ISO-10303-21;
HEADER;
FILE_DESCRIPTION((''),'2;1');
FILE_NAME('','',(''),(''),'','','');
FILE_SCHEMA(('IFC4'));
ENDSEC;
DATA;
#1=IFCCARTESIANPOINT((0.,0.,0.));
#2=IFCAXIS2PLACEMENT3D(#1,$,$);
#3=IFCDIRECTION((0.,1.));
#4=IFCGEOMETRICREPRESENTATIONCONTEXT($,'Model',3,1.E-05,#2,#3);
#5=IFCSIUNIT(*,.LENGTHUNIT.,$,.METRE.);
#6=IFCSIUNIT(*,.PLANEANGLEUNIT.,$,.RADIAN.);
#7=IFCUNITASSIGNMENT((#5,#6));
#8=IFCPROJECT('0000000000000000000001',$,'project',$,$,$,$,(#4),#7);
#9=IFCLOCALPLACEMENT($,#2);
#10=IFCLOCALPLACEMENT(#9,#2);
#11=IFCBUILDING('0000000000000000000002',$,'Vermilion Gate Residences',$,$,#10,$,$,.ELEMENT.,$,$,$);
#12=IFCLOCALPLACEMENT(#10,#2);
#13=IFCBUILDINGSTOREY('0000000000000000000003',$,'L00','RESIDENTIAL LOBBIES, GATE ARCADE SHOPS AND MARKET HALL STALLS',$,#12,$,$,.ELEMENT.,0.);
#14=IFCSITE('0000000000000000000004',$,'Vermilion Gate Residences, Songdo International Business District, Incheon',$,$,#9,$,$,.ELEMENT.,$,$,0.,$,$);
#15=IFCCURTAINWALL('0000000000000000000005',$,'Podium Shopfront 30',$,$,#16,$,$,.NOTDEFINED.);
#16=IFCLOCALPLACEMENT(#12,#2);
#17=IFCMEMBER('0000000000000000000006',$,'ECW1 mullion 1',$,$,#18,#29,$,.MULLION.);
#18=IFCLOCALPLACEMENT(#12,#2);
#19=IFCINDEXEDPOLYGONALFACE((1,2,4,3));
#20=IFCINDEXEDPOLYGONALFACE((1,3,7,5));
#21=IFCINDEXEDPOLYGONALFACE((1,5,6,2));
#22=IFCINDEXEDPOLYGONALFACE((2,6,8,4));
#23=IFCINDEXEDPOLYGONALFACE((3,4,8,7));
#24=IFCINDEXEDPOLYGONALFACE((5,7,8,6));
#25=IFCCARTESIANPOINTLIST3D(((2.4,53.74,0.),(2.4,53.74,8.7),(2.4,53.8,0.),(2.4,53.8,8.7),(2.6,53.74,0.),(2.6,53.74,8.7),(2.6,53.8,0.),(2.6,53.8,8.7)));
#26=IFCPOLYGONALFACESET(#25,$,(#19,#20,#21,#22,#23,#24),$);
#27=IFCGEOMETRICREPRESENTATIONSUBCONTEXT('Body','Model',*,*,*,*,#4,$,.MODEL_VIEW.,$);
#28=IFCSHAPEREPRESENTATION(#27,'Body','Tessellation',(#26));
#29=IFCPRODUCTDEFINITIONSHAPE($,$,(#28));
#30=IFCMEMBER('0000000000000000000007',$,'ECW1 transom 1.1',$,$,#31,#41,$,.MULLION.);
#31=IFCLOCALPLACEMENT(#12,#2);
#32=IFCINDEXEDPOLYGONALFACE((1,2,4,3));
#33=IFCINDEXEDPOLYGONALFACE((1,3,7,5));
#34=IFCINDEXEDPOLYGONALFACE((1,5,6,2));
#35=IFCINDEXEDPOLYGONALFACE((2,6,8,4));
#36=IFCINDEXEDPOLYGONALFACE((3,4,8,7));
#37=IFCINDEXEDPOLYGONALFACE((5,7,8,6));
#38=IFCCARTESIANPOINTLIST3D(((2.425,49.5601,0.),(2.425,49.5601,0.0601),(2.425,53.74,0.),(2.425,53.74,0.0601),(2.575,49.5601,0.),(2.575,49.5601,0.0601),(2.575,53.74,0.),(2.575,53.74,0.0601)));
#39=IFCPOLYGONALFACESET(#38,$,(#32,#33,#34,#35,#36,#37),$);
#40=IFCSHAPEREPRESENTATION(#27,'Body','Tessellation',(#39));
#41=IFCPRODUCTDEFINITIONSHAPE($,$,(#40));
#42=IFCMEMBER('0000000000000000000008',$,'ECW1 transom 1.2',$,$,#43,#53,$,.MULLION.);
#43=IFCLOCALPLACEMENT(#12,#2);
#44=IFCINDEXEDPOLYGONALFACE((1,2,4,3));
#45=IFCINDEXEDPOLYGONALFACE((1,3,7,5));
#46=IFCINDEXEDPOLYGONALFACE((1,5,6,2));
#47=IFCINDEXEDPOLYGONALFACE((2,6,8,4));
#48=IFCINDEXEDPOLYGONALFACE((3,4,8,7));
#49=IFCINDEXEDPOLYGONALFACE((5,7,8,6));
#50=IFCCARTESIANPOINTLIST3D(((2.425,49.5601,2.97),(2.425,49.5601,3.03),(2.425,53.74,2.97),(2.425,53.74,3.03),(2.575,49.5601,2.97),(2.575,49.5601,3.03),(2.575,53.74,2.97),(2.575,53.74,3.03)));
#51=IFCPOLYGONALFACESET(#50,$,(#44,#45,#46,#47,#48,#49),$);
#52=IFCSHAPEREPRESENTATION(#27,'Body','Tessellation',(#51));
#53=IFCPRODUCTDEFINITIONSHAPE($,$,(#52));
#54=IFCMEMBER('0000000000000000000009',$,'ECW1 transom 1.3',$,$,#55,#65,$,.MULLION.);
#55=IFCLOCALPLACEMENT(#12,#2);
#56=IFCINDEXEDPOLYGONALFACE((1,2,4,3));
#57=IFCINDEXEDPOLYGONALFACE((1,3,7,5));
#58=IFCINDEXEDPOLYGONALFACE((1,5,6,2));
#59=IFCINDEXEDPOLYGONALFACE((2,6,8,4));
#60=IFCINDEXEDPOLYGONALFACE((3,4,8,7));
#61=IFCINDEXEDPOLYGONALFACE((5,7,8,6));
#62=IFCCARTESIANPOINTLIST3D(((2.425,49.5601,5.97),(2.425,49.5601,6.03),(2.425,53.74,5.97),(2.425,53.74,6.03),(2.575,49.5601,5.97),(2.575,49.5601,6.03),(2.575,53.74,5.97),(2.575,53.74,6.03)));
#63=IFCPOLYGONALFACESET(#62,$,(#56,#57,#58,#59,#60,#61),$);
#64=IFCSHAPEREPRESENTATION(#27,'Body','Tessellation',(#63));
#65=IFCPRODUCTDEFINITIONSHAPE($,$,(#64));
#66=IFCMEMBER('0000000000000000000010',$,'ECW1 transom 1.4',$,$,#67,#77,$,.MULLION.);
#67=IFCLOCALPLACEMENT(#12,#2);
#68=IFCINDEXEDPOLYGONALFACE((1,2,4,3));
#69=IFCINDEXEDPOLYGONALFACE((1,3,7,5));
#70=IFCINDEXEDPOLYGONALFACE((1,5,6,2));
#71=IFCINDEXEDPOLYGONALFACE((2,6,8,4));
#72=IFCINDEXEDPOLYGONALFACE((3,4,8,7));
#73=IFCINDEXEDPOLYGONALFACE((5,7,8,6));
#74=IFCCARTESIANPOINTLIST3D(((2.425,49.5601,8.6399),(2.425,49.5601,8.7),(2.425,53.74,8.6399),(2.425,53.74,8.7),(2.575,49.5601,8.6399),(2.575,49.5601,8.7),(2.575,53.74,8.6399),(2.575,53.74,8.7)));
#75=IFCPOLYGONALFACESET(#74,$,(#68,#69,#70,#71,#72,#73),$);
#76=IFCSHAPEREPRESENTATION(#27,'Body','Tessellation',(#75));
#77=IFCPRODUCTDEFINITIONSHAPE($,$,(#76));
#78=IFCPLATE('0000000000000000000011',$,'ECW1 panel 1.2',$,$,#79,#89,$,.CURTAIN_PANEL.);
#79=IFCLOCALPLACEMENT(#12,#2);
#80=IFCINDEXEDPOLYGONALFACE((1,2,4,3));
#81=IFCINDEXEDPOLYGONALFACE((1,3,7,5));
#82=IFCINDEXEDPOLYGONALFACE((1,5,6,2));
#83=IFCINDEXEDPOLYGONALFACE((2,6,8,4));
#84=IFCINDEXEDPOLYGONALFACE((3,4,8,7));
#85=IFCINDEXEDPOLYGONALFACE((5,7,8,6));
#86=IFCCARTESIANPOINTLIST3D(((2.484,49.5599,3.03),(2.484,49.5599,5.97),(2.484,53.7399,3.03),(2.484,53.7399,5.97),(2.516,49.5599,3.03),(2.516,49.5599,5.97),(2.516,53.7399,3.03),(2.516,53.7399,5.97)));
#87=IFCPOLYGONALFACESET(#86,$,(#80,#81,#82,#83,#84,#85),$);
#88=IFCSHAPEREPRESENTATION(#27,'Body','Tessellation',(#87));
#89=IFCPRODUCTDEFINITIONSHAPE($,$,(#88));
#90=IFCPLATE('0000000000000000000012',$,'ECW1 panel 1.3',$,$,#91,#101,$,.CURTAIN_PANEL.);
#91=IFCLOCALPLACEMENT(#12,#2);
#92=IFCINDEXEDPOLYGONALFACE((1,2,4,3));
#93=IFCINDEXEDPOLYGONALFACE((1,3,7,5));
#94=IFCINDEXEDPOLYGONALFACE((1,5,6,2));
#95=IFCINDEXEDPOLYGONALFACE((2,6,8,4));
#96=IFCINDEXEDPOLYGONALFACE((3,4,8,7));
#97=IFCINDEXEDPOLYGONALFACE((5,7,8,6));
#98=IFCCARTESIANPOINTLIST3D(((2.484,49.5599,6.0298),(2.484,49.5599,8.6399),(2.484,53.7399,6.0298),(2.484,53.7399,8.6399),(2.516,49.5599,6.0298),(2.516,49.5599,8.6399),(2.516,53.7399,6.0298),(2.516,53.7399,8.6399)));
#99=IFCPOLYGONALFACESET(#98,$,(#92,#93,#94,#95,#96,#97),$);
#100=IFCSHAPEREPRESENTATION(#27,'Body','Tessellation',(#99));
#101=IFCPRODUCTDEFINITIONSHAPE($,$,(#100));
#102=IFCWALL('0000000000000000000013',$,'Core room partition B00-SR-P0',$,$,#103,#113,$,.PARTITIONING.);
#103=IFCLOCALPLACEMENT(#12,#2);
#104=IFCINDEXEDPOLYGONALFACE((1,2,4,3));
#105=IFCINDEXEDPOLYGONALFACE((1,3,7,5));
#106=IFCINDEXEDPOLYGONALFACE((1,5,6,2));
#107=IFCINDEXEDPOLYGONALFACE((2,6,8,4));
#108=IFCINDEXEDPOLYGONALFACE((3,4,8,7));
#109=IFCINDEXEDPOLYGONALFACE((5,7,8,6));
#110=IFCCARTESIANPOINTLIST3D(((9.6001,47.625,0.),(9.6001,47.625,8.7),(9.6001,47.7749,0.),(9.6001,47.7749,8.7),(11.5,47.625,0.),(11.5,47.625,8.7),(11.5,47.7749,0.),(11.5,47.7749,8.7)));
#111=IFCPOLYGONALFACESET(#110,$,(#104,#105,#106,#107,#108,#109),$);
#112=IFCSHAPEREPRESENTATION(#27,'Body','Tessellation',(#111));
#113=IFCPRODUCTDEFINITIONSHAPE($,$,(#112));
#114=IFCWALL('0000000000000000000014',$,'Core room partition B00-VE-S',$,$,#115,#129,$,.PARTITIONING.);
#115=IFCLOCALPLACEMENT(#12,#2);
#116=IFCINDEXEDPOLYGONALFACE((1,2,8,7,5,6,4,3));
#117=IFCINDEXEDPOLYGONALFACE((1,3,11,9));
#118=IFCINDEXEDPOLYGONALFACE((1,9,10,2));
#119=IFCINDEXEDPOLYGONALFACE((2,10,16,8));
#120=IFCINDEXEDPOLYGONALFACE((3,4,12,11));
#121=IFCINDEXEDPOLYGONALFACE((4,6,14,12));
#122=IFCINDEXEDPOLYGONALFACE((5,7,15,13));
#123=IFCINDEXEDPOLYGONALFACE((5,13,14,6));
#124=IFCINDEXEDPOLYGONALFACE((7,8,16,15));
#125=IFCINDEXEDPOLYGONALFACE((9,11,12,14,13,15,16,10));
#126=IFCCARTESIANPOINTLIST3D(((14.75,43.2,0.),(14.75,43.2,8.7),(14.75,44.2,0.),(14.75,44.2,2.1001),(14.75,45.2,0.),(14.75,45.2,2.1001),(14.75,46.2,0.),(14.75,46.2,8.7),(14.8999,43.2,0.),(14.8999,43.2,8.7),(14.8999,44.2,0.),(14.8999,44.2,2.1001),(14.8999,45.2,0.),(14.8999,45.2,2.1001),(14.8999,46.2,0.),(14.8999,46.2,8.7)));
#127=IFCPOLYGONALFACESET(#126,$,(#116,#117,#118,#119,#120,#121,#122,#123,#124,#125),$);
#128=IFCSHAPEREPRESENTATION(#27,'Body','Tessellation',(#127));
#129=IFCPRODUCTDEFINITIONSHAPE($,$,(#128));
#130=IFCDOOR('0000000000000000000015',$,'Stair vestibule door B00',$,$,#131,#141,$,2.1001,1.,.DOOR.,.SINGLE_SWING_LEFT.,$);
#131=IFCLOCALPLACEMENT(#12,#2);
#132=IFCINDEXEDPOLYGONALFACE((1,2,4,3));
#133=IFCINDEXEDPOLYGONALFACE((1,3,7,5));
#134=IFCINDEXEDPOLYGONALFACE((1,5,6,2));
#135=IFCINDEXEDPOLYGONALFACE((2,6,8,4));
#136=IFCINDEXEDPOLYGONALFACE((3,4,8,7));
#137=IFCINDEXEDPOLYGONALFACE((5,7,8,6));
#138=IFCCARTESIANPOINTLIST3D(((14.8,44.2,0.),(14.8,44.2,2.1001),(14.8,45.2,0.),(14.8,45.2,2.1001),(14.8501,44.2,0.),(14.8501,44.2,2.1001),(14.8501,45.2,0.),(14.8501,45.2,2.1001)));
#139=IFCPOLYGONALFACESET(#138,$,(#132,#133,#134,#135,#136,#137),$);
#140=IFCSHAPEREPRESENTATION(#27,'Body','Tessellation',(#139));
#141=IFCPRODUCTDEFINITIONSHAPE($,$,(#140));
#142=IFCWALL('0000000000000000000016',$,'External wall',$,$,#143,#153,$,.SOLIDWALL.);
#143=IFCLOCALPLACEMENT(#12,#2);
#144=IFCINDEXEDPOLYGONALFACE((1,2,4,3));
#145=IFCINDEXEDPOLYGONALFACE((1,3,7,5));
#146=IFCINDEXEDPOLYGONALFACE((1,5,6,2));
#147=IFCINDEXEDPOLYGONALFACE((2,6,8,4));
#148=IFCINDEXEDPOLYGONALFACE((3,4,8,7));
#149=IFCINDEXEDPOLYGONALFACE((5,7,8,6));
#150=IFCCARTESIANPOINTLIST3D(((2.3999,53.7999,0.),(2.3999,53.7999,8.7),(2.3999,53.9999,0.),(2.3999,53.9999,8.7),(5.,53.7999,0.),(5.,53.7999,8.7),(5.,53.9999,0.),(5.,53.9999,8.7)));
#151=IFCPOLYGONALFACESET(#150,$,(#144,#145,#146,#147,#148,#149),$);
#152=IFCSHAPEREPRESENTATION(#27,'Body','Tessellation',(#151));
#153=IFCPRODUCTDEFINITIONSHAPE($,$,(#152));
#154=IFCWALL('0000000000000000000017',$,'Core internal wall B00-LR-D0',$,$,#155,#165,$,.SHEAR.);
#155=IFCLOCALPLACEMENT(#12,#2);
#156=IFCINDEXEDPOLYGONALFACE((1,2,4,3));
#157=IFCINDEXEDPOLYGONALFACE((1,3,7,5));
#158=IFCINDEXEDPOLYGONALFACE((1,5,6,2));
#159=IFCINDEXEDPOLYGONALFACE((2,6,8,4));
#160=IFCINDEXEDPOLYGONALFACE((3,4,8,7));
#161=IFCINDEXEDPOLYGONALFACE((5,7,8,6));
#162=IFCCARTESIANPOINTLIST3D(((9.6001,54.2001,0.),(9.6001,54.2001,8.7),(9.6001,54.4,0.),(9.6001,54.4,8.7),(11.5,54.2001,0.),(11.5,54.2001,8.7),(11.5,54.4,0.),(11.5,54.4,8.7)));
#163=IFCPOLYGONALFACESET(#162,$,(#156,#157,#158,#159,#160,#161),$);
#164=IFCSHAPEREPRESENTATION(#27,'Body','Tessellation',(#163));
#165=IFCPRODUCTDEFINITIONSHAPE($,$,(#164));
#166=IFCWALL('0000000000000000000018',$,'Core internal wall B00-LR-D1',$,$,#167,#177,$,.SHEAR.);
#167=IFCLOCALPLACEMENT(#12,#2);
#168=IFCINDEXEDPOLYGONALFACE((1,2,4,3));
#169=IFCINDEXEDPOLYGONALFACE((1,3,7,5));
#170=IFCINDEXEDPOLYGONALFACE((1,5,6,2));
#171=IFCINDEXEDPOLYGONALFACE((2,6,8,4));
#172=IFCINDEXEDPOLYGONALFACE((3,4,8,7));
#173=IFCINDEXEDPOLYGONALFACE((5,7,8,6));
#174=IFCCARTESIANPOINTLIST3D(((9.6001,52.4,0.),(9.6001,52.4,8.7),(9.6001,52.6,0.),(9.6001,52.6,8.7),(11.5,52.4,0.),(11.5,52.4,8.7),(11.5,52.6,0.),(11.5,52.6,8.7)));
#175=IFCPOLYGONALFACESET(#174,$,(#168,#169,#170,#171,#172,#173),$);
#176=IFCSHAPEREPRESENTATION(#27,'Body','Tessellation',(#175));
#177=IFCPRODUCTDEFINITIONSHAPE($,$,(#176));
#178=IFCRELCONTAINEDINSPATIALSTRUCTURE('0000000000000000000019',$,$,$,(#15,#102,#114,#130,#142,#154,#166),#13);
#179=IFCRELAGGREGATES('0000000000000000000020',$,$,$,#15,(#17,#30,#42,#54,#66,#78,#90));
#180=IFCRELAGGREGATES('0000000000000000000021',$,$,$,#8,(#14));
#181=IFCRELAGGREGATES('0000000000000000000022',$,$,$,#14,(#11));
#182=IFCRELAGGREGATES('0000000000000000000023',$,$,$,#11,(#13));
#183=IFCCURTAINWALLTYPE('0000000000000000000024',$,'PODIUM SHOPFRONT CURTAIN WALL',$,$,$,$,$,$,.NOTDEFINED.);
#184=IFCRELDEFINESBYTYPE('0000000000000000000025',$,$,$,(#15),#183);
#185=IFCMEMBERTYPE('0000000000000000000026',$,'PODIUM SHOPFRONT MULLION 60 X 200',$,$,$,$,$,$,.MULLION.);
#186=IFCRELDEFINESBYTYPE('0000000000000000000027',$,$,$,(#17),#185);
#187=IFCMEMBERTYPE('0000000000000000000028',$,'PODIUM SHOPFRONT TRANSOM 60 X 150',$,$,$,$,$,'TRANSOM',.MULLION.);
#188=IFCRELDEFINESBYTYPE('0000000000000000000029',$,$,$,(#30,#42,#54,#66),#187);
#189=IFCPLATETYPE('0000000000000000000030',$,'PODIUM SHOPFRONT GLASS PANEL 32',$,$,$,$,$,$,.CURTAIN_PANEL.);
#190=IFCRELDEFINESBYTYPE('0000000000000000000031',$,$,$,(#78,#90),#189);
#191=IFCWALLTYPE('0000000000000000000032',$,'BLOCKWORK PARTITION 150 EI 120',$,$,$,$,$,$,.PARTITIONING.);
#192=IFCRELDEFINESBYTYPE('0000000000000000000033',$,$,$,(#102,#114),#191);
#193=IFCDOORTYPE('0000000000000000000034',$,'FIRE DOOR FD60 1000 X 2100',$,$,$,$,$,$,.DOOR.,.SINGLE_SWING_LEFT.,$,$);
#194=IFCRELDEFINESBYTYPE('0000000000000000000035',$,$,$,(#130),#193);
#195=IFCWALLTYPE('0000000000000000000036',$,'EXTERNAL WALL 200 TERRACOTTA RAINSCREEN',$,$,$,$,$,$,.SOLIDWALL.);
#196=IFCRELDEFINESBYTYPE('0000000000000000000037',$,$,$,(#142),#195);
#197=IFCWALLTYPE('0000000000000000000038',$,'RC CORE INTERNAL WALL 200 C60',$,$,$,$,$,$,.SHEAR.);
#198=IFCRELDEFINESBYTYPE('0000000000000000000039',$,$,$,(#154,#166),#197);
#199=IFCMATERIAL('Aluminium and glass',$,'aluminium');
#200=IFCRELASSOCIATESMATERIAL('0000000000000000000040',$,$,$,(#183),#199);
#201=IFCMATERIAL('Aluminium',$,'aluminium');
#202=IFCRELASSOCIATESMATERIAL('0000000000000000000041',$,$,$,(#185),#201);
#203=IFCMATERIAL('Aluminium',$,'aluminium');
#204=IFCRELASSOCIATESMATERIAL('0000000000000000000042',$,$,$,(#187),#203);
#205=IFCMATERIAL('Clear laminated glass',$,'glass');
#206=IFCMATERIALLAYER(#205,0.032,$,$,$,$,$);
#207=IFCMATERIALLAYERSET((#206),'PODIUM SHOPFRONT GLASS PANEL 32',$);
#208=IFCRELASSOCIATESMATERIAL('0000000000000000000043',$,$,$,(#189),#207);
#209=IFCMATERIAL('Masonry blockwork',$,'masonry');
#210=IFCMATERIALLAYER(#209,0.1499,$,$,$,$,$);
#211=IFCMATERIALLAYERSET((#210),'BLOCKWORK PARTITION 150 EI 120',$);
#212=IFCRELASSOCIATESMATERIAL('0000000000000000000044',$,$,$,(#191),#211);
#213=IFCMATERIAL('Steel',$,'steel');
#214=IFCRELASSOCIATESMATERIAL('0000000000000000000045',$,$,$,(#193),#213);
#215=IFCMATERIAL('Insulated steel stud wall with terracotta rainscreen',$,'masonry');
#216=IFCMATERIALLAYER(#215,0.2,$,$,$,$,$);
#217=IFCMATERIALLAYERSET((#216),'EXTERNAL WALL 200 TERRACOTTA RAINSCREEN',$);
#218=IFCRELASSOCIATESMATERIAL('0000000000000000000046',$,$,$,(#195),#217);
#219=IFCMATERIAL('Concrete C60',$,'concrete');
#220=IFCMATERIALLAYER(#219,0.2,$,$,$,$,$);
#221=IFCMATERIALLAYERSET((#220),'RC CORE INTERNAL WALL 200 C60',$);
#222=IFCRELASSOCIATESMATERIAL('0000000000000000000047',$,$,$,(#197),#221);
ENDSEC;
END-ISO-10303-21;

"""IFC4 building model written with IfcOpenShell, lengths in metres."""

from ifc_helpers import new_model, si_unit, direction, frame, frame_2d, origin, origin_2d, place, context, subcontext, project, spatial, rectangle, extrude, material, layer, layer_set, material_profile, profile_set, type_object, element, fill, aggregate, save


model = new_model("IFC4")

# Units and contexts
model_context = context("Model", 3, precision=1e-05, world=origin(), true_north=direction((0.0, 1.0)))
body_context = subcontext(model_context, "Body", "Model", "MODEL_VIEW")
ifc_project = project(units=[si_unit("LENGTHUNIT", "METRE"), si_unit("PLANEANGLEUNIT", "RADIAN")], contexts=[model_context])

# Site, building, storey
site_placement = place(None, origin())
site = spatial("IfcSite", under=ifc_project, at=site_placement, Name="Vermilion Gate Residences, Songdo International Business District, Incheon", CompositionType="ELEMENT", RefElevation=0.0)
building_placement = place(site_placement, origin())
building = spatial("IfcBuilding", under=site, at=building_placement, Name="Vermilion Gate Residences", CompositionType="ELEMENT")
storey_placement = place(building_placement, origin())
storey = spatial("IfcBuildingStorey", under=building, at=storey_placement, Name="L00", Description="RESIDENTIAL LOBBIES, GATE ARCADE SHOPS AND MARKET HALL STALLS", CompositionType="ELEMENT", Elevation=0.0)

# Curtain wall, members, plates
ifc_material_1 = material(Name="Aluminium and glass", Category="aluminium")
curtain_wall_type = type_object("IfcCurtainWallType", Name="PODIUM SHOPFRONT CURTAIN WALL", PredefinedType="NOTDEFINED", material=ifc_material_1)
curtain_wall_placement = place(storey_placement, origin())
curtain_wall = element("IfcCurtainWall", 1, at=curtain_wall_placement, inside=storey, type_object=curtain_wall_type, Name="Podium Shopfront 30", PredefinedType="NOTDEFINED")
ifc_material_2 = material(Name="Aluminium", Category="aluminium")
ifc_material_profile_1 = material_profile(ifc_material_2, rectangle(XDim=0.2, YDim=0.0601, at=origin_2d()), Name="MULLION 60 X 200")
ifc_profile_set_1 = profile_set([ifc_material_profile_1], Name="Aluminium")
member_type_1 = type_object("IfcMemberType", Name="PODIUM SHOPFRONT MULLION 60 X 200", PredefinedType="MULLION", material=ifc_profile_set_1)
member_1_placement = place(storey_placement, frame((2.5, 53.77, 0.0), z_axis=(0.0, 0.0, 1.0), x_axis=(1.0, 0.0, 0.0)))
member_1 = element("IfcMember", 2, at=member_1_placement, type_object=member_type_1, Name="ECW1 mullion 1", PredefinedType="MULLION", context=body_context, shape_type="SweptSolid", body=[
    extrude(rectangle(XDim=0.2, YDim=0.0601, at=origin_2d()), origin(), (0.0, 0.0, 1.0), 8.7),
])
ifc_material_3 = material(Name="Aluminium", Category="aluminium")
ifc_material_profile_2 = material_profile(ifc_material_3, rectangle(XDim=0.1499, YDim=0.0601, at=origin_2d()), Name="TRANSOM 60 X 150")
ifc_profile_set_2 = profile_set([ifc_material_profile_2], Name="Aluminium")
member_type_2 = type_object("IfcMemberType", Name="PODIUM SHOPFRONT TRANSOM 60 X 150", ElementType="TRANSOM", PredefinedType="MULLION", material=ifc_profile_set_2)
member_2_placement = place(storey_placement, frame((2.5, 53.74, 0.03), z_axis=(0.0, -1.0, 0.0), x_axis=(1.0, 0.0, 0.0)))
member_2 = element("IfcMember", 3, at=member_2_placement, type_object=member_type_2, Name="ECW1 transom 1.1", PredefinedType="MULLION", context=body_context, shape_type="SweptSolid", body=[
    extrude(rectangle(XDim=0.1499, YDim=0.0601, at=origin_2d()), origin(), (0.0, 0.0, 1.0), 4.1799),
])
member_3_placement = place(storey_placement, frame((2.5, 53.74, 3.0), z_axis=(0.0, -1.0, 0.0), x_axis=(1.0, 0.0, 0.0)))
member_3 = element("IfcMember", 4, at=member_3_placement, type_object=member_type_2, Name="ECW1 transom 1.2", PredefinedType="MULLION", context=body_context, shape_type="SweptSolid", body=[
    extrude(rectangle(XDim=0.1499, YDim=0.0601, at=origin_2d()), origin(), (0.0, 0.0, 1.0), 4.1799),
])
member_4_placement = place(storey_placement, frame((2.5, 53.74, 6.0), z_axis=(0.0, -1.0, 0.0), x_axis=(1.0, 0.0, 0.0)))
member_4 = element("IfcMember", 5, at=member_4_placement, type_object=member_type_2, Name="ECW1 transom 1.3", PredefinedType="MULLION", context=body_context, shape_type="SweptSolid", body=[
    extrude(rectangle(XDim=0.1499, YDim=0.0601, at=origin_2d()), origin(), (0.0, 0.0, 1.0), 4.1799),
])
member_5_placement = place(storey_placement, frame((2.5, 53.74, 8.6699), z_axis=(0.0, -1.0, 0.0), x_axis=(1.0, 0.0, 0.0)))
member_5 = element("IfcMember", 6, at=member_5_placement, type_object=member_type_2, Name="ECW1 transom 1.4", PredefinedType="MULLION", context=body_context, shape_type="SweptSolid", body=[
    extrude(rectangle(XDim=0.1499, YDim=0.0601, at=origin_2d()), origin(), (0.0, 0.0, 1.0), 4.1799),
])
ifc_material_4 = material(Name="Clear laminated glass", Category="glass")
ifc_layer_1 = layer(ifc_material_4, 0.032)
ifc_layer_set_1 = layer_set([ifc_layer_1], Name="PODIUM SHOPFRONT GLASS PANEL 32")
plate_type = type_object("IfcPlateType", Name="PODIUM SHOPFRONT GLASS PANEL 32", PredefinedType="CURTAIN_PANEL", material=ifc_layer_set_1)
plate_1_placement = place(storey_placement, frame((2.5, 51.6499, 3.03), z_axis=(0.0, 0.0, 1.0), x_axis=(0.0, -1.0, 0.0)))
plate_1 = element("IfcPlate", 7, at=plate_1_placement, type_object=plate_type, Name="ECW1 panel 1.2", PredefinedType="CURTAIN_PANEL", context=body_context, shape_type="SweptSolid", body=[
    extrude(rectangle(XDim=4.1799, YDim=0.032, at=origin_2d()), origin(), (0.0, 0.0, 1.0), 2.9399),
])
plate_2_placement = place(storey_placement, frame((2.5, 51.6499, 6.0298), z_axis=(0.0, 0.0, 1.0), x_axis=(0.0, -1.0, 0.0)))
plate_2 = element("IfcPlate", 8, at=plate_2_placement, type_object=plate_type, Name="ECW1 panel 1.3", PredefinedType="CURTAIN_PANEL", context=body_context, shape_type="SweptSolid", body=[
    extrude(rectangle(XDim=4.1799, YDim=0.032, at=origin_2d()), origin(), (0.0, 0.0, 1.0), 2.6101),
])
aggregate(curtain_wall, [member_1, member_2, member_3, member_4, member_5, plate_1, plate_2])

# Wall
ifc_material_5 = material(Name="Masonry blockwork", Category="masonry")
ifc_layer_2 = layer(ifc_material_5, 0.1499)
ifc_layer_set_2 = layer_set([ifc_layer_2], Name="BLOCKWORK PARTITION 150 EI 120")
wall_type_1 = type_object("IfcWallType", Name="BLOCKWORK PARTITION 150 EI 120", PredefinedType="PARTITIONING", material=ifc_layer_set_2)
wall_1_placement = place(storey_placement, frame((9.6001, 47.7, 0.0), z_axis=(0.0, 0.0, 1.0), x_axis=(1.0, 0.0, 0.0)))
element("IfcWall", 9, at=wall_1_placement, inside=storey, type_object=wall_type_1, Name="Core room partition B00-SR-P0", PredefinedType="PARTITIONING", context=body_context, shape_type="SweptSolid", body=[
    extrude(rectangle(XDim=1.8999, YDim=0.1499, at=frame_2d((0.95, 0.0))), origin(), (0.0, 0.0, 1.0), 8.7),
])

# Wall, opening, door
wall_2_placement = place(storey_placement, frame((14.825, 46.2, 0.0), z_axis=(0.0, 0.0, 1.0), x_axis=(0.0, -1.0, 0.0)))
wall_2 = element("IfcWall", 10, at=wall_2_placement, inside=storey, type_object=wall_type_1, Name="Core room partition B00-VE-S", PredefinedType="PARTITIONING", context=body_context, shape_type="SweptSolid", body=[
    extrude(rectangle(XDim=3.0, YDim=0.1499, at=frame_2d((1.5, 0.0))), origin(), (0.0, 0.0, 1.0), 8.7),
])
opening_1_placement = place(wall_2_placement, frame((1.0, 0.0, 0.0)))
opening_1 = element("IfcOpeningElement", 11, at=opening_1_placement, cuts=wall_2, PredefinedType="OPENING", context=body_context, shape_type="SweptSolid", body=[
    extrude(rectangle(XDim=1.0, YDim=2.1001, at=frame_2d((0.5, 1.05))), frame((0.0, 0.085, 0.0), z_axis=(0.0, -1.0, 0.0), x_axis=(1.0, 0.0, 0.0)), (0.0, 0.0, 1.0), 0.1699),
])
ifc_material_6 = material(Name="Steel", Category="steel")
door_type_1 = type_object("IfcDoorType", Name="FIRE DOOR FD60 1000 X 2100", OperationType="SINGLE_SWING_LEFT", PredefinedType="DOOR", material=ifc_material_6)
door_1_placement = place(opening_1_placement, frame((1.0, 0.0, 0.0), z_axis=(0.0, 0.0, 1.0), x_axis=(-1.0, 0.0, 0.0)))
door_1 = element("IfcDoor", 12, at=door_1_placement, inside=storey, type_object=door_type_1, Name="Stair vestibule door B00", OperationType="SINGLE_SWING_LEFT", OverallHeight=2.1001, OverallWidth=1.0, PredefinedType="DOOR", context=body_context, shape_type="SweptSolid", body=[
    extrude(rectangle(XDim=1.0, YDim=2.1001, at=frame_2d((0.5, 1.05))), frame((0.0, 0.0249, 0.0), z_axis=(0.0, -1.0, 0.0), x_axis=(1.0, 0.0, 0.0)), (0.0, 0.0, 1.0), 0.05),
])
fill(opening_1, door_1)

# Walls
ifc_material_7 = material(Name="Insulated steel stud wall with terracotta rainscreen", Category="masonry")
ifc_layer_3 = layer(ifc_material_7, 0.2)
ifc_layer_set_3 = layer_set([ifc_layer_3], Name="EXTERNAL WALL 200 TERRACOTTA RAINSCREEN")
wall_type_2 = type_object("IfcWallType", Name="EXTERNAL WALL 200 TERRACOTTA RAINSCREEN", PredefinedType="SOLIDWALL", material=ifc_layer_set_3)
wall_3_placement = place(storey_placement, frame((5.0, 53.8999, 0.0), z_axis=(0.0, 0.0, 1.0), x_axis=(-1.0, 0.0, 0.0)))
element("IfcWall", 13, at=wall_3_placement, inside=storey, type_object=wall_type_2, Name="External wall", PredefinedType="SOLIDWALL", context=body_context, shape_type="SweptSolid", body=[
    extrude(rectangle(XDim=2.6001, YDim=0.2, at=frame_2d((1.3, 0.0))), origin(), (0.0, 0.0, 1.0), 8.7),
])
ifc_material_8 = material(Name="Concrete C60", Category="concrete")
ifc_layer_4 = layer(ifc_material_8, 0.2)
ifc_layer_set_4 = layer_set([ifc_layer_4], Name="RC CORE INTERNAL WALL 200 C60")
wall_type_3 = type_object("IfcWallType", Name="RC CORE INTERNAL WALL 200 C60", PredefinedType="SHEAR", material=ifc_layer_set_4)
for number, where, z_axis, x_axis, name in (
    (14, (9.6001, 54.3, 0.0), (0.0, 0.0, 1.0), (1.0, 0.0, 0.0), "Core internal wall B00-LR-D0"),
    (15, (9.6001, 52.5, 0.0), (0.0, 0.0, 1.0), (1.0, 0.0, 0.0), "Core internal wall B00-LR-D1"),
):
    element("IfcWall", number, at=place(storey_placement, frame(where, z_axis=z_axis, x_axis=x_axis)), inside=storey, type_object=wall_type_3, Name=name, PredefinedType="SHEAR", context=body_context, shape_type="SweptSolid", body=[
        extrude(rectangle(XDim=1.8999, YDim=0.2, at=frame_2d((0.95, 0.0))), origin(), (0.0, 0.0, 1.0), 8.7),
    ])

save(model, "model.ifc")
